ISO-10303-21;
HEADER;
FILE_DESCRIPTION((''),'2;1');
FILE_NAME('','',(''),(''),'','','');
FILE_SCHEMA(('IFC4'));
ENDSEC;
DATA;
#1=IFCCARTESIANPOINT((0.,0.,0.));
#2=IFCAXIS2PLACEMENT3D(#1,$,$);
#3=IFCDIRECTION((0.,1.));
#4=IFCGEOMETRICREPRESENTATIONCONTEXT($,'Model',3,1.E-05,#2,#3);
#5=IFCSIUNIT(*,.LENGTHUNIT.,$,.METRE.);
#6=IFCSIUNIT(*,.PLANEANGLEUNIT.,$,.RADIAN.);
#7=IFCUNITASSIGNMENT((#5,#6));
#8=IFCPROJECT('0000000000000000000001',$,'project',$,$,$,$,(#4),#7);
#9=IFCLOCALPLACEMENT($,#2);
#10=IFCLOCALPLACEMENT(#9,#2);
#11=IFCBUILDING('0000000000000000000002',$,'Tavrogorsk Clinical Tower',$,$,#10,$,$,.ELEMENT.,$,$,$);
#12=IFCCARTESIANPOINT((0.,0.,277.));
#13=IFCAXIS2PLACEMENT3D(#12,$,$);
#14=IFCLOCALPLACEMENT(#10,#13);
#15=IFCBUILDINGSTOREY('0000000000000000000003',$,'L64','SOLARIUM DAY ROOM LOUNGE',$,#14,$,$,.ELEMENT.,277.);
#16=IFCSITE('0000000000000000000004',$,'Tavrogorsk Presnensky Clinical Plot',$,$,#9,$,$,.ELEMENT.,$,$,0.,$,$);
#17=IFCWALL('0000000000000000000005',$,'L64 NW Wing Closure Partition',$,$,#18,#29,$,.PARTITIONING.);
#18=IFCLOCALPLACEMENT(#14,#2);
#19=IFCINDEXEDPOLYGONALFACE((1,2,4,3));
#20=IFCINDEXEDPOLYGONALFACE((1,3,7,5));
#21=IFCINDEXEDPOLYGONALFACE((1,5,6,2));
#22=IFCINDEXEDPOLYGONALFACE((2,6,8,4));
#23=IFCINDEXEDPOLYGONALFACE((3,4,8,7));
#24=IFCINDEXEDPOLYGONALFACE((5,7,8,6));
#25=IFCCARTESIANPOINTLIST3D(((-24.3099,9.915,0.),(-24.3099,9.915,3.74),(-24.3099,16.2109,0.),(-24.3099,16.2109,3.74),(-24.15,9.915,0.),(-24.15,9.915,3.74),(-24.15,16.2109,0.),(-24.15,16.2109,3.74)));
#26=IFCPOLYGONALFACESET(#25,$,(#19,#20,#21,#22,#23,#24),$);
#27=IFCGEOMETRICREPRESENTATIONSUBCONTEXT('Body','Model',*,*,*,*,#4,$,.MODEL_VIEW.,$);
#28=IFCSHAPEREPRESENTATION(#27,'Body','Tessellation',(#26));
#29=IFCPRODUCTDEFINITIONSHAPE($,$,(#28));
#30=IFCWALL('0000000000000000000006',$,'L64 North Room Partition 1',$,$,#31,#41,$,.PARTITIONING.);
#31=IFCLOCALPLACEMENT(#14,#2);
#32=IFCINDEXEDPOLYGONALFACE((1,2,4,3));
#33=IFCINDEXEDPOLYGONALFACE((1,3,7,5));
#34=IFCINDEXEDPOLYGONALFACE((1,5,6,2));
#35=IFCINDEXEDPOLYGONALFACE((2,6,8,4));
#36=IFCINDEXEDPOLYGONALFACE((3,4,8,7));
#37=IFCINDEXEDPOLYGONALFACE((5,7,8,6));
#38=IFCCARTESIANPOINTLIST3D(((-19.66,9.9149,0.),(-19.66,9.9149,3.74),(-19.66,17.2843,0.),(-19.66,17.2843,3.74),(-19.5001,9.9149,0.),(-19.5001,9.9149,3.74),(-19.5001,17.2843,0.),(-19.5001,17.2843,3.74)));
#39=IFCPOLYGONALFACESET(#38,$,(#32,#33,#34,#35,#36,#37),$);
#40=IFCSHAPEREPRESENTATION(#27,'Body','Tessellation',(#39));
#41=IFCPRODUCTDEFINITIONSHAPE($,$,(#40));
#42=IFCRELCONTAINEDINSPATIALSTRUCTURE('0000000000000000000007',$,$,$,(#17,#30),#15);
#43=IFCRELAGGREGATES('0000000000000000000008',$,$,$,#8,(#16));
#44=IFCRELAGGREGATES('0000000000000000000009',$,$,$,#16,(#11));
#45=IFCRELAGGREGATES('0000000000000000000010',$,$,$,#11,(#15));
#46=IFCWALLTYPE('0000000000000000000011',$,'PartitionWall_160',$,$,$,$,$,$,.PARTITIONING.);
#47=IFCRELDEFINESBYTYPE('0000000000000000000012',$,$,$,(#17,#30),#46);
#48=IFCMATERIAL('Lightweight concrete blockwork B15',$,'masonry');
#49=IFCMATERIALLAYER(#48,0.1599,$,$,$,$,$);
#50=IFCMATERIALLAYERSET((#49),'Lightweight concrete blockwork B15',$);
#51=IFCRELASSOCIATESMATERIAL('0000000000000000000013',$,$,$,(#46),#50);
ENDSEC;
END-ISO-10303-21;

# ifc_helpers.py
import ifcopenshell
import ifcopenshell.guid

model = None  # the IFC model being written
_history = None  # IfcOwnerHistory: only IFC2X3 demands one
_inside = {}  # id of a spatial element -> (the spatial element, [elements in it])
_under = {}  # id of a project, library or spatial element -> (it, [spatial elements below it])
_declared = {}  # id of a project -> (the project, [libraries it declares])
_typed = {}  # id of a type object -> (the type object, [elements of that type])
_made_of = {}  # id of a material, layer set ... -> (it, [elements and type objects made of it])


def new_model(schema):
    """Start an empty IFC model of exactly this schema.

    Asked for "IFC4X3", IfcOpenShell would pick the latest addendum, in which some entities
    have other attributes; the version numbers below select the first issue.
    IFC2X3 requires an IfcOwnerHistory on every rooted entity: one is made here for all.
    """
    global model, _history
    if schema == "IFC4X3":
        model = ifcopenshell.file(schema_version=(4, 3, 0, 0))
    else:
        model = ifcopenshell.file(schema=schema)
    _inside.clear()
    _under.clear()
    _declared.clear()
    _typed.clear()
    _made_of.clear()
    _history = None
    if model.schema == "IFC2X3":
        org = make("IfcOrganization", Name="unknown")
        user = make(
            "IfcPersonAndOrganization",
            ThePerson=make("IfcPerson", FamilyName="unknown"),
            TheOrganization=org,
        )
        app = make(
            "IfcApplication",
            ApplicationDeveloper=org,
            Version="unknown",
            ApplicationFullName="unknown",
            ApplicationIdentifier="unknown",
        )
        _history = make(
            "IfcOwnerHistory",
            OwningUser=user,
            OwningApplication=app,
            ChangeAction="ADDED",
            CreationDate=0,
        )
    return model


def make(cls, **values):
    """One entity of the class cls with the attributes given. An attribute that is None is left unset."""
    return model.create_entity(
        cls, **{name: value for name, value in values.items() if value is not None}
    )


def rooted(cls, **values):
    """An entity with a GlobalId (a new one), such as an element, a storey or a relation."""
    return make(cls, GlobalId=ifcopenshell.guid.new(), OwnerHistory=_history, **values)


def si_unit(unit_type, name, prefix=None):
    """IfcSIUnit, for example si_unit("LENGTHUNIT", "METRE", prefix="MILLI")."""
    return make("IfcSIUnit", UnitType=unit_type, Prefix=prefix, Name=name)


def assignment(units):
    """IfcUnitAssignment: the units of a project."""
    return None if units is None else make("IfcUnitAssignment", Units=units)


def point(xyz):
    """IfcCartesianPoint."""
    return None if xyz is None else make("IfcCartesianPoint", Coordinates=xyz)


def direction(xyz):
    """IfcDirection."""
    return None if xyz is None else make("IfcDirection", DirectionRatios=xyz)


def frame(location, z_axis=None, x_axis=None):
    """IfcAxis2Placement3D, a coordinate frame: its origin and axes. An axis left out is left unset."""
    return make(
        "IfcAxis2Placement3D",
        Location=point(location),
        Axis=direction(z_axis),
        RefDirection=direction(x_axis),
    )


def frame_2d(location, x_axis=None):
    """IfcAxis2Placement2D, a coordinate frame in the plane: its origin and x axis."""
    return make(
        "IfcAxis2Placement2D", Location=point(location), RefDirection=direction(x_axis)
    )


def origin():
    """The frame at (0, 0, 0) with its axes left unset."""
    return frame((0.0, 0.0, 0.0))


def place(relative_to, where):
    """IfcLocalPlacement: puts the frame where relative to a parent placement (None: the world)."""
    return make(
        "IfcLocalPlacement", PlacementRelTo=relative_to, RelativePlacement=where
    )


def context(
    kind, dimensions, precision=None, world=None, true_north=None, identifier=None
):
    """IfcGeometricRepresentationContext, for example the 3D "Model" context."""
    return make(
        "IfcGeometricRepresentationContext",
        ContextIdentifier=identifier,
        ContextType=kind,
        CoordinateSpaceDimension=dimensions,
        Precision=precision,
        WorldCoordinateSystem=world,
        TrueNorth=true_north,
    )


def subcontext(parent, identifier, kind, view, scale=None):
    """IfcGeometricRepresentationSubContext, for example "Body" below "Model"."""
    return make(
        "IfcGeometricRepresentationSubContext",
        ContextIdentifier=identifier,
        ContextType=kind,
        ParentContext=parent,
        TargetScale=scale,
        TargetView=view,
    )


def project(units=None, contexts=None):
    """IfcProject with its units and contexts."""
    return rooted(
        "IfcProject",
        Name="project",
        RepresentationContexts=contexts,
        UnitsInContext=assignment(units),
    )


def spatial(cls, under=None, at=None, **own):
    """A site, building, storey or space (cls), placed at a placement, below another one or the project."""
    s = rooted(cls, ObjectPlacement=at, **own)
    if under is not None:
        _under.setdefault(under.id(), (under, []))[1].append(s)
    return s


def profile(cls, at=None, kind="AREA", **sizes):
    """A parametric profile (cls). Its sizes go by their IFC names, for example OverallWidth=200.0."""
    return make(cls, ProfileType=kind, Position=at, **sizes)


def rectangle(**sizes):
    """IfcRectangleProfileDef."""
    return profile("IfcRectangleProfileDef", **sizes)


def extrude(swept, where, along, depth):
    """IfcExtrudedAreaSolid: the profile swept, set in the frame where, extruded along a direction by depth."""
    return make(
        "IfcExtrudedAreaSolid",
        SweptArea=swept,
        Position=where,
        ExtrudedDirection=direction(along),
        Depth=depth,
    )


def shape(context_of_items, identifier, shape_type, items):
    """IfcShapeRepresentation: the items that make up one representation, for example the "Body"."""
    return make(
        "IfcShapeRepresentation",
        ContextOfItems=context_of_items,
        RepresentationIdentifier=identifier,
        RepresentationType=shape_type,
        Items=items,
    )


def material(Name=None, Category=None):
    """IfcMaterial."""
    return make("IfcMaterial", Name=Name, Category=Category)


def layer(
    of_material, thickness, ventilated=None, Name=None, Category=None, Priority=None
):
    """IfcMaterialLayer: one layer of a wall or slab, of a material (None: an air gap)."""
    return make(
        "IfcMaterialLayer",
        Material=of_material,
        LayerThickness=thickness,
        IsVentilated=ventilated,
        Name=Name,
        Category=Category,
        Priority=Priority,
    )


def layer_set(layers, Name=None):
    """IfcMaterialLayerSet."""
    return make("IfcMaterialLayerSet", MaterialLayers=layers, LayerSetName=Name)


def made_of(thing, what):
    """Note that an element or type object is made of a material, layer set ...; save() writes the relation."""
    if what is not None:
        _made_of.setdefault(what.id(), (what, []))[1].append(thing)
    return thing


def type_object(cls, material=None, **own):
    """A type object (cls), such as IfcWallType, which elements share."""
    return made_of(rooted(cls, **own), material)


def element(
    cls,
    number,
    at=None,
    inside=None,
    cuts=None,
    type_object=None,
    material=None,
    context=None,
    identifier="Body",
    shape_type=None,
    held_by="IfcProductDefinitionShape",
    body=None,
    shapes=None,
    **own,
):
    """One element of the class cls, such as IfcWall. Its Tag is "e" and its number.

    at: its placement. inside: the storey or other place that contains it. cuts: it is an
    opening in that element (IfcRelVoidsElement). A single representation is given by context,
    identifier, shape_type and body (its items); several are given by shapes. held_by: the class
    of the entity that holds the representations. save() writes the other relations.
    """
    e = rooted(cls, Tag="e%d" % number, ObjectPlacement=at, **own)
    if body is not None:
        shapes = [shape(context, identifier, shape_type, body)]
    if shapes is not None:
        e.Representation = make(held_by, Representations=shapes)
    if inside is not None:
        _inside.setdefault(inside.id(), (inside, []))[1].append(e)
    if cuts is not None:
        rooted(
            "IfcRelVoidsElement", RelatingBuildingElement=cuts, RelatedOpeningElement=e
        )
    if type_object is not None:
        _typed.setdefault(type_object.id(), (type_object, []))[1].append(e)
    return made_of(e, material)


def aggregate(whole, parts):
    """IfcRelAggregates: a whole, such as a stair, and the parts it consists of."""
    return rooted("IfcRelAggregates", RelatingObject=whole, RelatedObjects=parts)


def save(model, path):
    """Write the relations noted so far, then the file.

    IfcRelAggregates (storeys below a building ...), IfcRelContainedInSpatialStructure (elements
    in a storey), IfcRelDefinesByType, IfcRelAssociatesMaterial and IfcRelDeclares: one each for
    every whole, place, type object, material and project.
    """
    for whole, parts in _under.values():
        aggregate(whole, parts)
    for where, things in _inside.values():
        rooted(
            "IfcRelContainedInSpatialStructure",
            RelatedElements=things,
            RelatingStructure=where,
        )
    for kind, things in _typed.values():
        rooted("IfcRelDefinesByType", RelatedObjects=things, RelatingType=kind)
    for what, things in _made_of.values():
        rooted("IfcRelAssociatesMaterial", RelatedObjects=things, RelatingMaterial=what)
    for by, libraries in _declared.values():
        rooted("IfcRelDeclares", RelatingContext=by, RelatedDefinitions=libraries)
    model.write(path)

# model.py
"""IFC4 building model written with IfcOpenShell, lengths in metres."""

from ifc_helpers import new_model, si_unit, direction, frame, frame_2d, origin, place, context, subcontext, project, spatial, rectangle, extrude, material, layer, layer_set, type_object, element, save


model = new_model("IFC4")

# Units and contexts
model_context = context("Model", 3, precision=1e-05, world=origin(), true_north=direction((0.0, 1.0)))
body_context = subcontext(model_context, "Body", "Model", "MODEL_VIEW")
ifc_project = project(units=[si_unit("LENGTHUNIT", "METRE"), si_unit("PLANEANGLEUNIT", "RADIAN")], contexts=[model_context])

# Site, building, storey
site_placement = place(None, origin())
site = spatial("IfcSite", under=ifc_project, at=site_placement, Name="Tavrogorsk Presnensky Clinical Plot", CompositionType="ELEMENT", RefElevation=0.0)
building_placement = place(site_placement, origin())
building = spatial("IfcBuilding", under=site, at=building_placement, Name="Tavrogorsk Clinical Tower", CompositionType="ELEMENT")
storey_placement = place(building_placement, frame((0.0, 0.0, 277.0)))
storey = spatial("IfcBuildingStorey", under=building, at=storey_placement, Name="L64", Description="SOLARIUM DAY ROOM LOUNGE", CompositionType="ELEMENT", Elevation=277.0)

# Shared definitions
ifc_material_1 = material(Name="Lightweight concrete blockwork B15", Category="masonry")
ifc_layer = layer(ifc_material_1, 0.1599)
ifc_layer_set = layer_set([ifc_layer], Name="Lightweight concrete blockwork B15")
wall_type = type_object("IfcWallType", Name="PartitionWall_160", PredefinedType="PARTITIONING", material=ifc_layer_set)

# Walls
wall_1_placement = place(storey_placement, frame((-24.23, 9.915, 0.0), z_axis=(0.0, 0.0, 1.0), x_axis=(0.0, 1.0, 0.0)))
element("IfcWall", 1, at=wall_1_placement, inside=storey, type_object=wall_type, Name="L64 NW Wing Closure Partition", PredefinedType="PARTITIONING", context=body_context, shape_type="SweptSolid", body=[
    extrude(rectangle(XDim=6.2959, YDim=0.1599, at=frame_2d((3.1479, 0.0))), origin(), (0.0, 0.0, 1.0), 3.74),
])
wall_2_placement = place(storey_placement, frame((-19.5801, 9.915, 0.0), z_axis=(0.0, 0.0, 1.0), x_axis=(0.0, 1.0, 0.0)))
element("IfcWall", 2, at=wall_2_placement, inside=storey, type_object=wall_type, Name="L64 North Room Partition 1", PredefinedType="PARTITIONING", context=body_context, shape_type="SweptSolid", body=[
    extrude(rectangle(XDim=7.3694, YDim=0.1599, at=frame_2d((3.6846, 0.0))), origin(), (0.0, 0.0, 1.0), 3.74),
])

save(model, "model.ifc")
